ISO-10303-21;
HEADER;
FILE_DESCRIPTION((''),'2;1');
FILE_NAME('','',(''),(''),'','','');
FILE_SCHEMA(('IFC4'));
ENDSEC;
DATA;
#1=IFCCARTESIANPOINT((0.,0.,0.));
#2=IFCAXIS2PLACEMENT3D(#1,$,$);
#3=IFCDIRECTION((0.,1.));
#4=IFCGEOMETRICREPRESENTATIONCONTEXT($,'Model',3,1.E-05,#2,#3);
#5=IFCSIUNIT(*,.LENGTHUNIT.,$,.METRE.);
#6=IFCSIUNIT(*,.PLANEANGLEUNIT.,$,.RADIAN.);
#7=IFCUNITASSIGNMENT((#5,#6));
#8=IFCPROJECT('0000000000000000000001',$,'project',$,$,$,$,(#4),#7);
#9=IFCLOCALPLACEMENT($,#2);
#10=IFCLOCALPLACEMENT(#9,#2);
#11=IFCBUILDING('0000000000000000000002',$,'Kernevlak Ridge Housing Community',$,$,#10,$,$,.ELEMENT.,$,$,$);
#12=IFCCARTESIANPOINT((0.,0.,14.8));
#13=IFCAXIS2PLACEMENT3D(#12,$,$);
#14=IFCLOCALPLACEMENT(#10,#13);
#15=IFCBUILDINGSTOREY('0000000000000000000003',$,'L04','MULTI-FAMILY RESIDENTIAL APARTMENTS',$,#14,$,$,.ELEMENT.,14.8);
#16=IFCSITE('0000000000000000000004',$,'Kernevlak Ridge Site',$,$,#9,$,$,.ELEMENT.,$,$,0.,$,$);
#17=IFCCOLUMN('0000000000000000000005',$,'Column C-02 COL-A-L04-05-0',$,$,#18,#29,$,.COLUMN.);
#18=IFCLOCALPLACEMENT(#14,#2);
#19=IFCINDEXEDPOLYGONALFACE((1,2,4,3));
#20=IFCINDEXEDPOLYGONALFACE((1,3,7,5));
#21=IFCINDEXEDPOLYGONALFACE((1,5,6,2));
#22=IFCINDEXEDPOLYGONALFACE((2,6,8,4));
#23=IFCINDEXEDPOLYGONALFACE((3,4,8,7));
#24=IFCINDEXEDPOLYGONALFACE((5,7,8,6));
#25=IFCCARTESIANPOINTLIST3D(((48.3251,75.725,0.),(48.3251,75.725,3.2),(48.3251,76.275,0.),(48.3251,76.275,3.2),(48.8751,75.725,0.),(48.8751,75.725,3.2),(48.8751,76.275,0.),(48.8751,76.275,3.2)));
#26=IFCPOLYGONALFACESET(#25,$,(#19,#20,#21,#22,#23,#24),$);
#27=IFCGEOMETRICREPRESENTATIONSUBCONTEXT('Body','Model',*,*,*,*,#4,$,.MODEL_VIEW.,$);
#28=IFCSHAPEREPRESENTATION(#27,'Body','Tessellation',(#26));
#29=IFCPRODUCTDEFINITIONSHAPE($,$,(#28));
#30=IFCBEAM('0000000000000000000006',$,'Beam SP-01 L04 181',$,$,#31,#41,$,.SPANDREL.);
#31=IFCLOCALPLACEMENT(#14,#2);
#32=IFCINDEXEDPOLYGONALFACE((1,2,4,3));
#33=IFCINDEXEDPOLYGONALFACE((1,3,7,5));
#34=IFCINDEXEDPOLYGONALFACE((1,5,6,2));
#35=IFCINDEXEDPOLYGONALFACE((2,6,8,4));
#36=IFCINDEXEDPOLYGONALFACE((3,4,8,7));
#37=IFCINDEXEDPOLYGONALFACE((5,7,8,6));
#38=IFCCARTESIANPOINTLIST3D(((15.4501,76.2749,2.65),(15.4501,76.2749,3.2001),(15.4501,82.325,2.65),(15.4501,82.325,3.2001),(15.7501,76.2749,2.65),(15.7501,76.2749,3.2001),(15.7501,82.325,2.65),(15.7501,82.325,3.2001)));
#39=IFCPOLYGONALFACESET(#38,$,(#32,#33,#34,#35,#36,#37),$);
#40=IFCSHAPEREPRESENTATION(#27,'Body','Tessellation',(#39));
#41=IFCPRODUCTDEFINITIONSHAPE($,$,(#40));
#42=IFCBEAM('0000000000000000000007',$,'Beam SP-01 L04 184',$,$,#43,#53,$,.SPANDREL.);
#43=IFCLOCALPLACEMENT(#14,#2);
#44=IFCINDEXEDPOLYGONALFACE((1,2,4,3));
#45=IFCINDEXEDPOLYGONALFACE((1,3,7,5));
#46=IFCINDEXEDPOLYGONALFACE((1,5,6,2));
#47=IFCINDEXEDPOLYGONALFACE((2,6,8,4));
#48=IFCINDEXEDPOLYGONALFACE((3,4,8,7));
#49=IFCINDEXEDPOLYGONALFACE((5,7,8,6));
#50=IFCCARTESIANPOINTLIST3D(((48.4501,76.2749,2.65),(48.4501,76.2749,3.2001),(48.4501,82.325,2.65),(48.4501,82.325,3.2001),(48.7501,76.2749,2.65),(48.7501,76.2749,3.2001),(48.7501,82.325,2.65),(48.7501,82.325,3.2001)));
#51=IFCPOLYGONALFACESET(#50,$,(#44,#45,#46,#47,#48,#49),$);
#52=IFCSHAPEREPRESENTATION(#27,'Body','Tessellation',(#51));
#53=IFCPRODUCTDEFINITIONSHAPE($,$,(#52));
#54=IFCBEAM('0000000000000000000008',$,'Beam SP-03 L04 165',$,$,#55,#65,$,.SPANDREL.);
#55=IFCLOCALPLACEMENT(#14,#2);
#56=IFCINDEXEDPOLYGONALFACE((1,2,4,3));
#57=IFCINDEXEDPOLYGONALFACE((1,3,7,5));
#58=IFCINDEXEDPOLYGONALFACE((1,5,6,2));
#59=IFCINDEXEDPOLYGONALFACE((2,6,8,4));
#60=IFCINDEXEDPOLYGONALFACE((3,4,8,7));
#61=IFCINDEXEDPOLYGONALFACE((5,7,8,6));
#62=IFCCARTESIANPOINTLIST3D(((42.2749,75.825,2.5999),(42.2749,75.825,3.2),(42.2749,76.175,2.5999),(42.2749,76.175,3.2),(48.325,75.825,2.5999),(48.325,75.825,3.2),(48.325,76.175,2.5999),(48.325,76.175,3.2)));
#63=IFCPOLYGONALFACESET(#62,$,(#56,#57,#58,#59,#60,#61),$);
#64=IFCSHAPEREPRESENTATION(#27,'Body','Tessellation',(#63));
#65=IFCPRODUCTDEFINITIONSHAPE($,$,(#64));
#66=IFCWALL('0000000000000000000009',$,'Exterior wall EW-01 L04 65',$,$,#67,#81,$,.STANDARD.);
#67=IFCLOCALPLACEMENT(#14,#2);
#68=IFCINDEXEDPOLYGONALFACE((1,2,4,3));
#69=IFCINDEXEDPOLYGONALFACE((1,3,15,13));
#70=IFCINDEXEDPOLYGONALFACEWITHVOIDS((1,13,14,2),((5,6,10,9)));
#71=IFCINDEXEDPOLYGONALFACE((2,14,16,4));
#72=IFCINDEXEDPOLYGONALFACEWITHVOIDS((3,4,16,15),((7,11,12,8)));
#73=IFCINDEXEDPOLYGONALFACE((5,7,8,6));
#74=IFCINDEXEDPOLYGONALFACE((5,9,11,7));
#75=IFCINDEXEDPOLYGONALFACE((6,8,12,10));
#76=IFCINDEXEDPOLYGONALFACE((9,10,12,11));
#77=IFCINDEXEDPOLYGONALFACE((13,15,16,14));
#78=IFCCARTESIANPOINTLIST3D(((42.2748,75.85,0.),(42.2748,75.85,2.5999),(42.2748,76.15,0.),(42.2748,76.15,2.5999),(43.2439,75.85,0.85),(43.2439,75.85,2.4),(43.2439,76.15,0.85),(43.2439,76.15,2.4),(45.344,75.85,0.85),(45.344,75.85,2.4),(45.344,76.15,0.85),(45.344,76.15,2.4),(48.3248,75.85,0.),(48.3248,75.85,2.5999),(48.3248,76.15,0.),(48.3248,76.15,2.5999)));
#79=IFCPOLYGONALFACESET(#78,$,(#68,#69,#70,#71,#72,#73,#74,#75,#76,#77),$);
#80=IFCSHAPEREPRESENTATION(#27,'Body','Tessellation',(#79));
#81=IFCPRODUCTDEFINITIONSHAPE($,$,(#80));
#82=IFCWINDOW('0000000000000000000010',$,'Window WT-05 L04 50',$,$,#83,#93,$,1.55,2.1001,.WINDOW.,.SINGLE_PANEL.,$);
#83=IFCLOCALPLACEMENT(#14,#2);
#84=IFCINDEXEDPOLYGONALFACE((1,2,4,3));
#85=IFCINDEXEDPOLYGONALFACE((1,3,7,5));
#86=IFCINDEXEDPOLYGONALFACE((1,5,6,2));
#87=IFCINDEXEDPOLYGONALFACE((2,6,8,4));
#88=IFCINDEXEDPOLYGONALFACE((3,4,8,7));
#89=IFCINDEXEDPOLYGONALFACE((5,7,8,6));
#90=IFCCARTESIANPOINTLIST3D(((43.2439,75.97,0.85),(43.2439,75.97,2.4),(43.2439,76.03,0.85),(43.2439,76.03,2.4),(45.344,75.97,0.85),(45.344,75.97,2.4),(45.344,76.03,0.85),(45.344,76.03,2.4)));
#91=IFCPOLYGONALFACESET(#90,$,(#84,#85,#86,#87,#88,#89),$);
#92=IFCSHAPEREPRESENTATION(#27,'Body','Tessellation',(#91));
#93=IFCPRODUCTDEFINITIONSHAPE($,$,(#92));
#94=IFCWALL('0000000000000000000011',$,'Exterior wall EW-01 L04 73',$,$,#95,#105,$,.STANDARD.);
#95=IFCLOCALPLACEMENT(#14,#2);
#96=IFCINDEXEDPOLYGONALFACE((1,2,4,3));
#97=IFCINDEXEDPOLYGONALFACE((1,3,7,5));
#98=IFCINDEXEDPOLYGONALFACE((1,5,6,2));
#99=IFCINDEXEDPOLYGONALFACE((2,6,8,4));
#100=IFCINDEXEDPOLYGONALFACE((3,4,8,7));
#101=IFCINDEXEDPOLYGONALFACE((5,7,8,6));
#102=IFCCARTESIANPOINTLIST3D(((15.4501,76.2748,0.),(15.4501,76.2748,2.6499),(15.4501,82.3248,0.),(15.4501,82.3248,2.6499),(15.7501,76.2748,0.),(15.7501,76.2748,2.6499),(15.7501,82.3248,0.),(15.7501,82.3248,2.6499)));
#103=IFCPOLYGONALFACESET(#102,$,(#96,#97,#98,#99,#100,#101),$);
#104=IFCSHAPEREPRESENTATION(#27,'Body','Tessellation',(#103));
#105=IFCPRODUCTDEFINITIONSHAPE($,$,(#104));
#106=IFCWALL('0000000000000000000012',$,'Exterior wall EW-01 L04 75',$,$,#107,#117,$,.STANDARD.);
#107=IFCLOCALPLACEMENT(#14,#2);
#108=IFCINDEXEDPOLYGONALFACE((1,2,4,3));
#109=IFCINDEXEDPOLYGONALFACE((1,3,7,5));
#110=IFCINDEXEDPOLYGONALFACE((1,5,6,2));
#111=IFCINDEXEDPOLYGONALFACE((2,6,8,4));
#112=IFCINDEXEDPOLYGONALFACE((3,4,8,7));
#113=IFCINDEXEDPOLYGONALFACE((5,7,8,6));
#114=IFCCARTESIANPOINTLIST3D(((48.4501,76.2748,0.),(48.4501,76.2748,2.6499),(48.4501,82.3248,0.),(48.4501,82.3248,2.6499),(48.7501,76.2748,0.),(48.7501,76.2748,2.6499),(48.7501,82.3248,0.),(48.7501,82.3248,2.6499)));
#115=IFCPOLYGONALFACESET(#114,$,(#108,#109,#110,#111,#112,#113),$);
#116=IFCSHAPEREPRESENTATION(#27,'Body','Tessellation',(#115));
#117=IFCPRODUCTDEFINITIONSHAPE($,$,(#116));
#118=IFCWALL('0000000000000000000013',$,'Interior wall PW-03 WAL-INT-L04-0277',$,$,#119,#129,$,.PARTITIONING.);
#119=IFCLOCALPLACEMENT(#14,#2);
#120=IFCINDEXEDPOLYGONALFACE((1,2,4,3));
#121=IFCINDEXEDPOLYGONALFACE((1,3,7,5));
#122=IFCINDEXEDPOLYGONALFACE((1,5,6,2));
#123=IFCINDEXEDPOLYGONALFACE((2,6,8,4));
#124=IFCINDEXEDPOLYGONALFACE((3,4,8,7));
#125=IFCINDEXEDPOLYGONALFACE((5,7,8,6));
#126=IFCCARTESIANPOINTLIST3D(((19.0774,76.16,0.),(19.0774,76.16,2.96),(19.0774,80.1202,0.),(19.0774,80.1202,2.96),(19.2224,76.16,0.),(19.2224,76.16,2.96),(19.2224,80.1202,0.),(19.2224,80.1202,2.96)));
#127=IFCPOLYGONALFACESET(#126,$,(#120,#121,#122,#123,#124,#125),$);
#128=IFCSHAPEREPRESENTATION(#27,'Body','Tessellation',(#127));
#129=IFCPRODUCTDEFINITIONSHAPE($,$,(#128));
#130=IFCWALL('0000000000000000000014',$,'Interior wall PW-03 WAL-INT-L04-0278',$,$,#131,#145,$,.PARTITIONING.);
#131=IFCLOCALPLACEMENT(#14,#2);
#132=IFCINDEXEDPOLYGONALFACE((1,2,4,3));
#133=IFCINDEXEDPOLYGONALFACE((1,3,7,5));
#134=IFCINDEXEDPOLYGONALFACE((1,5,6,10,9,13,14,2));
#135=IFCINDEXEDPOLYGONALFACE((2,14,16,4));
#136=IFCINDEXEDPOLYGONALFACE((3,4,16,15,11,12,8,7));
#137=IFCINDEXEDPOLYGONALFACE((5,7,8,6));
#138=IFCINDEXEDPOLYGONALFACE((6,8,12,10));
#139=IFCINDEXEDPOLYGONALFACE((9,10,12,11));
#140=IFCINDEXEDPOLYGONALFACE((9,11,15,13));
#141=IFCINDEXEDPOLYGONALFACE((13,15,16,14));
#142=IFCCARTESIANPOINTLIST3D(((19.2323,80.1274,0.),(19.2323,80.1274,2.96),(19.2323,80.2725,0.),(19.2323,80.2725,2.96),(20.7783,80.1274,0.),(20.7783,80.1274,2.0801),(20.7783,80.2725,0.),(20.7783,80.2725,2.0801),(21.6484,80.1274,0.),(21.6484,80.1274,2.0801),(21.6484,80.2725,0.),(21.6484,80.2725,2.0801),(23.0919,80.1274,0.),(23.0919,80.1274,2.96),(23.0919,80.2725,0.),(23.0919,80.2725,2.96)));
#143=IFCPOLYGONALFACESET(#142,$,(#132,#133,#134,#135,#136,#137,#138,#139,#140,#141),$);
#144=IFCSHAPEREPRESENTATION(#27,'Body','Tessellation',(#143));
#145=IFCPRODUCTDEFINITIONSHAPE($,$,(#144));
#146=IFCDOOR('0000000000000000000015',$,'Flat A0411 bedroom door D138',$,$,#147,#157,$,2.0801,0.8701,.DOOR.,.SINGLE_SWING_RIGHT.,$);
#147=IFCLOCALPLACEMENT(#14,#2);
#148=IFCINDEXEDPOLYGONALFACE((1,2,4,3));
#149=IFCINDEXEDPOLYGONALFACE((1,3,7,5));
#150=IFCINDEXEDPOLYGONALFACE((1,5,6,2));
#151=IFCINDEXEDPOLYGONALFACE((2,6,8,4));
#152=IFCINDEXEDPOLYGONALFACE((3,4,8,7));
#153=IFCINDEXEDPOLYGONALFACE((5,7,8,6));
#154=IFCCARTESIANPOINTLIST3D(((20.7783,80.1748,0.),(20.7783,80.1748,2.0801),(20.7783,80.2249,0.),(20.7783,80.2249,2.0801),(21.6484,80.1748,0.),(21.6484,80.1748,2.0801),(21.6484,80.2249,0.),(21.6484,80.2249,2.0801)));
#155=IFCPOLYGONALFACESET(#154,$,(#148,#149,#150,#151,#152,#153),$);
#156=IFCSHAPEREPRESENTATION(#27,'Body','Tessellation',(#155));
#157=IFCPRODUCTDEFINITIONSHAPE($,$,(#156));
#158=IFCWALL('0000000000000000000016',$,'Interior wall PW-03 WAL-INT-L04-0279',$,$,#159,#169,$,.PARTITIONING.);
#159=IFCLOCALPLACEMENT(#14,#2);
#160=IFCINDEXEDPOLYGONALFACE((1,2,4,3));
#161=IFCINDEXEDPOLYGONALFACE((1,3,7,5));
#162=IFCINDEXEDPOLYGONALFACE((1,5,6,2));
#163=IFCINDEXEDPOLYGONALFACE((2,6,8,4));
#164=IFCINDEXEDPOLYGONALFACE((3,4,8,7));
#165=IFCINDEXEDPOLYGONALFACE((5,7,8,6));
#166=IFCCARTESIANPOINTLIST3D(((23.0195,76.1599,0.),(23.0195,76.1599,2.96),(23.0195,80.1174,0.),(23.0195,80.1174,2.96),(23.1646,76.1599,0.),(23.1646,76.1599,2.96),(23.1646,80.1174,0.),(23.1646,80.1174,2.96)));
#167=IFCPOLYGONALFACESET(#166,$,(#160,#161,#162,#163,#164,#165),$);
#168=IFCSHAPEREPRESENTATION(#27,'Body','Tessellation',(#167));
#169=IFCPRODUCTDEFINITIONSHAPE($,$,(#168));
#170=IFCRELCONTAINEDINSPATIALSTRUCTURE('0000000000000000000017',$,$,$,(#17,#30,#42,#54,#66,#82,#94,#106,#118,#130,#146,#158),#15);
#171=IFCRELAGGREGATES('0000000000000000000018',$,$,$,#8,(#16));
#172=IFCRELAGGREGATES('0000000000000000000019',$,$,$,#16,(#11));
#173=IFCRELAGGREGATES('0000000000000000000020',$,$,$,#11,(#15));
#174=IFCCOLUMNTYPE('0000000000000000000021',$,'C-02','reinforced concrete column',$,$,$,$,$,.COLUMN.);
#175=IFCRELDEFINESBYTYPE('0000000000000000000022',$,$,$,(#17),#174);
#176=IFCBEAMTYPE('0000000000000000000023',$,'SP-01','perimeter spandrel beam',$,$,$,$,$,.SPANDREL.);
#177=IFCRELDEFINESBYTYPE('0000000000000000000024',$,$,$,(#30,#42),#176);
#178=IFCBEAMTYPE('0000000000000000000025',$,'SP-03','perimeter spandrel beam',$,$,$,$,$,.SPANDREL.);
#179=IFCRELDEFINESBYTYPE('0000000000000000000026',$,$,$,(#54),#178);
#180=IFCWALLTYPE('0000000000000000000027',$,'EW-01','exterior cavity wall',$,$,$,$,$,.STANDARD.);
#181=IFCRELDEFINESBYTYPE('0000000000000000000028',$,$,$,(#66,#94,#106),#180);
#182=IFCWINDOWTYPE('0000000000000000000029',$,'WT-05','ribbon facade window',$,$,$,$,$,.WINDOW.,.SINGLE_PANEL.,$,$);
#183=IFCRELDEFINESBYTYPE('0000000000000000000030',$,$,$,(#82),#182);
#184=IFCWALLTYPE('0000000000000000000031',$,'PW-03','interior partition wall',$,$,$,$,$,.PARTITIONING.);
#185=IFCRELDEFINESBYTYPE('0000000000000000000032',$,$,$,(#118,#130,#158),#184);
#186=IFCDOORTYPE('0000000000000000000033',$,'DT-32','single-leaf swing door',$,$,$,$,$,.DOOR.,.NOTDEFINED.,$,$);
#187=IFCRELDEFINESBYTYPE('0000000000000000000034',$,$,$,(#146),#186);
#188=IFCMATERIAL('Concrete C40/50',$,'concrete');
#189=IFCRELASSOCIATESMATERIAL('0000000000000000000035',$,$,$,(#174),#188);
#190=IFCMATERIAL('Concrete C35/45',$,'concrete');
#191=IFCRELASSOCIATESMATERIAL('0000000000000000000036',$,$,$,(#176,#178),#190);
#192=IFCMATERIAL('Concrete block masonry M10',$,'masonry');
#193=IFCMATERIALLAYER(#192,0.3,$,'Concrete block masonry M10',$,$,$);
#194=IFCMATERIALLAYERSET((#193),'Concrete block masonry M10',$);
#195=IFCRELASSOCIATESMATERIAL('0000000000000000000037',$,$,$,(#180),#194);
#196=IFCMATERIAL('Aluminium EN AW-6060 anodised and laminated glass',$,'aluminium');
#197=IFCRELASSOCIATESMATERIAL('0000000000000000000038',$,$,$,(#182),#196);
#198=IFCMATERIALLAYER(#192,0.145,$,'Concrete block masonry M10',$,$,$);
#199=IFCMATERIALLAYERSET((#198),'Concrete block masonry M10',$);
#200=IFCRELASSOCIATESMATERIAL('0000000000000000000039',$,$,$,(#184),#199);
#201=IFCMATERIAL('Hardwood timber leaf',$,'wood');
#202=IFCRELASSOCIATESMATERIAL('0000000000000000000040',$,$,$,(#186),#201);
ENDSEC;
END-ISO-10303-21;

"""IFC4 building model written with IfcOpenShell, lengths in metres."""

from ifc_helpers import new_model, si_unit, direction, frame, frame_2d, origin, origin_2d, place, context, subcontext, project, spatial, rectangle, extrude, material, layer, layer_set, material_profile, profile_set, type_object, element, fill, save


model = new_model("IFC4")

# Units and contexts
model_context = context("Model", 3, precision=1e-05, world=origin(), true_north=direction((0.0, 1.0)))
body_context = subcontext(model_context, "Body", "Model", "MODEL_VIEW")
ifc_project = project(units=[si_unit("LENGTHUNIT", "METRE"), si_unit("PLANEANGLEUNIT", "RADIAN")], contexts=[model_context])

# Site, building, storey
site_placement = place(None, origin())
site = spatial("IfcSite", under=ifc_project, at=site_placement, Name="Kernevlak Ridge Site", CompositionType="ELEMENT", RefElevation=0.0)
building_placement = place(site_placement, origin())
building = spatial("IfcBuilding", under=site, at=building_placement, Name="Kernevlak Ridge Housing Community", CompositionType="ELEMENT")
storey_placement = place(building_placement, frame((0.0, 0.0, 14.8)))
storey = spatial("IfcBuildingStorey", under=building, at=storey_placement, Name="L04", Description="MULTI-FAMILY RESIDENTIAL APARTMENTS", CompositionType="ELEMENT", Elevation=14.8)

# Column
ifc_material_1 = material(Name="Concrete C40/50", Category="concrete")
ifc_material_profile_1 = material_profile(ifc_material_1, rectangle(XDim=0.55, YDim=0.55, at=origin_2d()), Name="RC 550x550")
ifc_profile_set_1 = profile_set([ifc_material_profile_1], Name="Concrete C40/50")
column_type = type_object("IfcColumnType", Name="C-02", Description="reinforced concrete column", PredefinedType="COLUMN", material=ifc_profile_set_1)
column_placement = place(storey_placement, frame((48.6001, 76.0, 0.0), z_axis=(0.0, 0.0, 1.0), x_axis=(1.0, 0.0, 0.0)))
element("IfcColumn", 1, at=column_placement, inside=storey, type_object=column_type, Name="Column C-02 COL-A-L04-05-0", PredefinedType="COLUMN", context=body_context, shape_type="SweptSolid", body=[
    extrude(rectangle(XDim=0.55, YDim=0.55, at=origin_2d()), origin(), (0.0, 0.0, 1.0), 3.2),
])

# Beams
ifc_material_2 = material(Name="Concrete C35/45", Category="concrete")
ifc_material_profile_2 = material_profile(ifc_material_2, rectangle(XDim=0.3, YDim=0.55, at=origin_2d()), Name="RC 300x550")
ifc_profile_set_2 = profile_set([ifc_material_profile_2], Name="Concrete C35/45")
beam_type_1 = type_object("IfcBeamType", Name="SP-01", Description="perimeter spandrel beam", PredefinedType="SPANDREL", material=ifc_profile_set_2)
for number, where, z_axis, x_axis, name in (
    (2, (15.6001, 76.2749, 2.925), (0.0, 1.0, 0.0), (-1.0, 0.0, 0.0), "Beam SP-01 L04 181"),
    (3, (48.6001, 76.2749, 2.925), (0.0, 1.0, 0.0), (-1.0, 0.0, 0.0), "Beam SP-01 L04 184"),
):
    element("IfcBeam", number, at=place(storey_placement, frame(where, z_axis=z_axis, x_axis=x_axis)), inside=storey, type_object=beam_type_1, Name=name, PredefinedType="SPANDREL", context=body_context, shape_type="SweptSolid", body=[
        extrude(rectangle(XDim=0.3, YDim=0.55, at=origin_2d()), origin(), (0.0, 0.0, 1.0), 6.05),
    ])
ifc_material_profile_3 = material_profile(ifc_material_2, rectangle(XDim=0.3501, YDim=0.6001, at=origin_2d()), Name="RC 350x600")
ifc_profile_set_3 = profile_set([ifc_material_profile_3], Name="Concrete C35/45")
beam_type_2 = type_object("IfcBeamType", Name="SP-03", Description="perimeter spandrel beam", PredefinedType="SPANDREL", material=ifc_profile_set_3)
beam_placement = place(storey_placement, frame((42.2749, 76.0, 2.8999), z_axis=(1.0, 0.0, 0.0), x_axis=(0.0, 1.0, 0.0)))
element("IfcBeam", 4, at=beam_placement, inside=storey, type_object=beam_type_2, Name="Beam SP-03 L04 165", PredefinedType="SPANDREL", context=body_context, shape_type="SweptSolid", body=[
    extrude(rectangle(XDim=0.3501, YDim=0.6001, at=origin_2d()), origin(), (0.0, 0.0, 1.0), 6.05),
])

# Wall, opening, window
ifc_material_3 = material(Name="Concrete block masonry M10", Category="masonry")
ifc_layer_1 = layer(ifc_material_3, 0.3, Name="Concrete block masonry M10")
ifc_layer_set_1 = layer_set([ifc_layer_1], Name="Concrete block masonry M10")
wall_type_1 = type_object("IfcWallType", Name="EW-01", Description="exterior cavity wall", PredefinedType="STANDARD", material=ifc_layer_set_1)
wall_1_placement = place(storey_placement, frame((42.2749, 76.0, 0.0), z_axis=(0.0, 0.0, 1.0), x_axis=(1.0, 0.0, 0.0)))
wall_1 = element("IfcWall", 5, at=wall_1_placement, inside=storey, type_object=wall_type_1, Name="Exterior wall EW-01 L04 65", PredefinedType="STANDARD", context=body_context, shape_type="SweptSolid", body=[
    extrude(rectangle(XDim=6.05, YDim=0.3, at=frame_2d((3.0249, 0.0))), origin(), (0.0, 0.0, 1.0), 2.5999),
])
opening_1_placement = place(wall_1_placement, frame((0.969, 0.0, 0.8501)))
opening_1 = element("IfcOpeningElement", 6, at=opening_1_placement, cuts=wall_1, PredefinedType="OPENING", context=body_context, shape_type="SweptSolid", body=[
    extrude(rectangle(XDim=2.1001, YDim=1.55, at=frame_2d((1.05, 0.7749))), frame((0.0, 0.1599, 0.0), z_axis=(0.0, -1.0, 0.0), x_axis=(1.0, 0.0, 0.0)), (0.0, 0.0, 1.0), 0.3201),
])
ifc_material_4 = material(Name="Aluminium EN AW-6060 anodised and laminated glass", Category="aluminium")
window_type = type_object("IfcWindowType", Name="WT-05", Description="ribbon facade window", PartitioningType="SINGLE_PANEL", PredefinedType="WINDOW", material=ifc_material_4)
window_placement = place(opening_1_placement, origin())
window = element("IfcWindow", 7, at=window_placement, inside=storey, type_object=window_type, Name="Window WT-05 L04 50", OverallHeight=1.55, OverallWidth=2.1001, PartitioningType="SINGLE_PANEL", PredefinedType="WINDOW", context=body_context, shape_type="SweptSolid", body=[
    extrude(rectangle(XDim=2.1001, YDim=1.55, at=frame_2d((1.05, 0.7749))), frame((0.0, 0.03, 0.0), z_axis=(0.0, -1.0, 0.0), x_axis=(1.0, 0.0, 0.0)), (0.0, 0.0, 1.0), 0.0601),
])
fill(opening_1, window)

# Walls
for number, where, z_axis, x_axis, name in (
    (8, (15.6001, 76.2749, 0.0), (0.0, 0.0, 1.0), (0.0, 1.0, 0.0), "Exterior wall EW-01 L04 73"),
    (9, (48.6001, 76.2749, 0.0), (0.0, 0.0, 1.0), (0.0, 1.0, 0.0), "Exterior wall EW-01 L04 75"),
):
    element("IfcWall", number, at=place(storey_placement, frame(where, z_axis=z_axis, x_axis=x_axis)), inside=storey, type_object=wall_type_1, Name=name, PredefinedType="STANDARD", context=body_context, shape_type="SweptSolid", body=[
        extrude(rectangle(XDim=6.05, YDim=0.3, at=frame_2d((3.0249, 0.0))), origin(), (0.0, 0.0, 1.0), 2.6499),
    ])
ifc_layer_2 = layer(ifc_material_3, 0.145, Name="Concrete block masonry M10")
ifc_layer_set_2 = layer_set([ifc_layer_2], Name="Concrete block masonry M10")
wall_type_2 = type_object("IfcWallType", Name="PW-03", Description="interior partition wall", PredefinedType="PARTITIONING", material=ifc_layer_set_2)
wall_2_placement = place(storey_placement, frame((19.1499, 80.1201, 0.0), z_axis=(0.0, 0.0, 1.0), x_axis=(0.0, -1.0, 0.0)))
element("IfcWall", 10, at=wall_2_placement, inside=storey, type_object=wall_type_2, Name="Interior wall PW-03 WAL-INT-L04-0277", PredefinedType="PARTITIONING", context=body_context, shape_type="SweptSolid", body=[
    extrude(rectangle(XDim=3.9602, YDim=0.145, at=frame_2d((1.98, 0.0))), origin(), (0.0, 0.0, 1.0), 2.96),
])

# Wall, opening, door
wall_3_placement = place(storey_placement, frame((19.2324, 80.2, 0.0), z_axis=(0.0, 0.0, 1.0), x_axis=(1.0, 0.0, 0.0)))
wall_3 = element("IfcWall", 11, at=wall_3_placement, inside=storey, type_object=wall_type_2, Name="Interior wall PW-03 WAL-INT-L04-0278", PredefinedType="PARTITIONING", context=body_context, shape_type="SweptSolid", body=[
    extrude(rectangle(XDim=3.8596, YDim=0.145, at=frame_2d((1.9297, 0.0))), origin(), (0.0, 0.0, 1.0), 2.96),
])
opening_2_placement = place(wall_3_placement, frame((1.5459, 0.0, 0.0)))
opening_2 = element("IfcOpeningElement", 12, at=opening_2_placement, cuts=wall_3, PredefinedType="OPENING", context=body_context, shape_type="SweptSolid", body=[
    extrude(rectangle(XDim=0.8701, YDim=2.0801, at=frame_2d((0.4351, 1.04))), frame((0.0, 0.0825, 0.0), z_axis=(0.0, -1.0, 0.0), x_axis=(1.0, 0.0, 0.0)), (0.0, 0.0, 1.0), 0.165),
])
ifc_material_5 = material(Name="Hardwood timber leaf", Category="wood")
door_type_1 = type_object("IfcDoorType", Name="DT-32", Description="single-leaf swing door", OperationType="NOTDEFINED", PredefinedType="DOOR", material=ifc_material_5)
door_1_placement = place(opening_2_placement, origin())
door_1 = element("IfcDoor", 13, at=door_1_placement, inside=storey, type_object=door_type_1, Name="Flat A0411 bedroom door D138", OperationType="SINGLE_SWING_RIGHT", OverallHeight=2.0801, OverallWidth=0.8701, PredefinedType="DOOR", context=body_context, shape_type="SweptSolid", body=[
    extrude(rectangle(XDim=0.8701, YDim=2.0801, at=frame_2d((0.4351, 1.04))), frame((0.0, 0.0249, 0.0), z_axis=(0.0, -1.0, 0.0), x_axis=(1.0, 0.0, 0.0)), (0.0, 0.0, 1.0), 0.05),
])
fill(opening_2, door_1)

# Wall
wall_4_placement = place(storey_placement, frame((23.092, 80.1174, 0.0), z_axis=(0.0, 0.0, 1.0), x_axis=(0.0, -1.0, 0.0)))
element("IfcWall", 14, at=wall_4_placement, inside=storey, type_object=wall_type_2, Name="Interior wall PW-03 WAL-INT-L04-0279", PredefinedType="PARTITIONING", context=body_context, shape_type="SweptSolid", body=[
    extrude(rectangle(XDim=3.9575, YDim=0.145, at=frame_2d((1.9788, 0.0))), origin(), (0.0, 0.0, 1.0), 2.96),
])

save(model, "model.ifc")
